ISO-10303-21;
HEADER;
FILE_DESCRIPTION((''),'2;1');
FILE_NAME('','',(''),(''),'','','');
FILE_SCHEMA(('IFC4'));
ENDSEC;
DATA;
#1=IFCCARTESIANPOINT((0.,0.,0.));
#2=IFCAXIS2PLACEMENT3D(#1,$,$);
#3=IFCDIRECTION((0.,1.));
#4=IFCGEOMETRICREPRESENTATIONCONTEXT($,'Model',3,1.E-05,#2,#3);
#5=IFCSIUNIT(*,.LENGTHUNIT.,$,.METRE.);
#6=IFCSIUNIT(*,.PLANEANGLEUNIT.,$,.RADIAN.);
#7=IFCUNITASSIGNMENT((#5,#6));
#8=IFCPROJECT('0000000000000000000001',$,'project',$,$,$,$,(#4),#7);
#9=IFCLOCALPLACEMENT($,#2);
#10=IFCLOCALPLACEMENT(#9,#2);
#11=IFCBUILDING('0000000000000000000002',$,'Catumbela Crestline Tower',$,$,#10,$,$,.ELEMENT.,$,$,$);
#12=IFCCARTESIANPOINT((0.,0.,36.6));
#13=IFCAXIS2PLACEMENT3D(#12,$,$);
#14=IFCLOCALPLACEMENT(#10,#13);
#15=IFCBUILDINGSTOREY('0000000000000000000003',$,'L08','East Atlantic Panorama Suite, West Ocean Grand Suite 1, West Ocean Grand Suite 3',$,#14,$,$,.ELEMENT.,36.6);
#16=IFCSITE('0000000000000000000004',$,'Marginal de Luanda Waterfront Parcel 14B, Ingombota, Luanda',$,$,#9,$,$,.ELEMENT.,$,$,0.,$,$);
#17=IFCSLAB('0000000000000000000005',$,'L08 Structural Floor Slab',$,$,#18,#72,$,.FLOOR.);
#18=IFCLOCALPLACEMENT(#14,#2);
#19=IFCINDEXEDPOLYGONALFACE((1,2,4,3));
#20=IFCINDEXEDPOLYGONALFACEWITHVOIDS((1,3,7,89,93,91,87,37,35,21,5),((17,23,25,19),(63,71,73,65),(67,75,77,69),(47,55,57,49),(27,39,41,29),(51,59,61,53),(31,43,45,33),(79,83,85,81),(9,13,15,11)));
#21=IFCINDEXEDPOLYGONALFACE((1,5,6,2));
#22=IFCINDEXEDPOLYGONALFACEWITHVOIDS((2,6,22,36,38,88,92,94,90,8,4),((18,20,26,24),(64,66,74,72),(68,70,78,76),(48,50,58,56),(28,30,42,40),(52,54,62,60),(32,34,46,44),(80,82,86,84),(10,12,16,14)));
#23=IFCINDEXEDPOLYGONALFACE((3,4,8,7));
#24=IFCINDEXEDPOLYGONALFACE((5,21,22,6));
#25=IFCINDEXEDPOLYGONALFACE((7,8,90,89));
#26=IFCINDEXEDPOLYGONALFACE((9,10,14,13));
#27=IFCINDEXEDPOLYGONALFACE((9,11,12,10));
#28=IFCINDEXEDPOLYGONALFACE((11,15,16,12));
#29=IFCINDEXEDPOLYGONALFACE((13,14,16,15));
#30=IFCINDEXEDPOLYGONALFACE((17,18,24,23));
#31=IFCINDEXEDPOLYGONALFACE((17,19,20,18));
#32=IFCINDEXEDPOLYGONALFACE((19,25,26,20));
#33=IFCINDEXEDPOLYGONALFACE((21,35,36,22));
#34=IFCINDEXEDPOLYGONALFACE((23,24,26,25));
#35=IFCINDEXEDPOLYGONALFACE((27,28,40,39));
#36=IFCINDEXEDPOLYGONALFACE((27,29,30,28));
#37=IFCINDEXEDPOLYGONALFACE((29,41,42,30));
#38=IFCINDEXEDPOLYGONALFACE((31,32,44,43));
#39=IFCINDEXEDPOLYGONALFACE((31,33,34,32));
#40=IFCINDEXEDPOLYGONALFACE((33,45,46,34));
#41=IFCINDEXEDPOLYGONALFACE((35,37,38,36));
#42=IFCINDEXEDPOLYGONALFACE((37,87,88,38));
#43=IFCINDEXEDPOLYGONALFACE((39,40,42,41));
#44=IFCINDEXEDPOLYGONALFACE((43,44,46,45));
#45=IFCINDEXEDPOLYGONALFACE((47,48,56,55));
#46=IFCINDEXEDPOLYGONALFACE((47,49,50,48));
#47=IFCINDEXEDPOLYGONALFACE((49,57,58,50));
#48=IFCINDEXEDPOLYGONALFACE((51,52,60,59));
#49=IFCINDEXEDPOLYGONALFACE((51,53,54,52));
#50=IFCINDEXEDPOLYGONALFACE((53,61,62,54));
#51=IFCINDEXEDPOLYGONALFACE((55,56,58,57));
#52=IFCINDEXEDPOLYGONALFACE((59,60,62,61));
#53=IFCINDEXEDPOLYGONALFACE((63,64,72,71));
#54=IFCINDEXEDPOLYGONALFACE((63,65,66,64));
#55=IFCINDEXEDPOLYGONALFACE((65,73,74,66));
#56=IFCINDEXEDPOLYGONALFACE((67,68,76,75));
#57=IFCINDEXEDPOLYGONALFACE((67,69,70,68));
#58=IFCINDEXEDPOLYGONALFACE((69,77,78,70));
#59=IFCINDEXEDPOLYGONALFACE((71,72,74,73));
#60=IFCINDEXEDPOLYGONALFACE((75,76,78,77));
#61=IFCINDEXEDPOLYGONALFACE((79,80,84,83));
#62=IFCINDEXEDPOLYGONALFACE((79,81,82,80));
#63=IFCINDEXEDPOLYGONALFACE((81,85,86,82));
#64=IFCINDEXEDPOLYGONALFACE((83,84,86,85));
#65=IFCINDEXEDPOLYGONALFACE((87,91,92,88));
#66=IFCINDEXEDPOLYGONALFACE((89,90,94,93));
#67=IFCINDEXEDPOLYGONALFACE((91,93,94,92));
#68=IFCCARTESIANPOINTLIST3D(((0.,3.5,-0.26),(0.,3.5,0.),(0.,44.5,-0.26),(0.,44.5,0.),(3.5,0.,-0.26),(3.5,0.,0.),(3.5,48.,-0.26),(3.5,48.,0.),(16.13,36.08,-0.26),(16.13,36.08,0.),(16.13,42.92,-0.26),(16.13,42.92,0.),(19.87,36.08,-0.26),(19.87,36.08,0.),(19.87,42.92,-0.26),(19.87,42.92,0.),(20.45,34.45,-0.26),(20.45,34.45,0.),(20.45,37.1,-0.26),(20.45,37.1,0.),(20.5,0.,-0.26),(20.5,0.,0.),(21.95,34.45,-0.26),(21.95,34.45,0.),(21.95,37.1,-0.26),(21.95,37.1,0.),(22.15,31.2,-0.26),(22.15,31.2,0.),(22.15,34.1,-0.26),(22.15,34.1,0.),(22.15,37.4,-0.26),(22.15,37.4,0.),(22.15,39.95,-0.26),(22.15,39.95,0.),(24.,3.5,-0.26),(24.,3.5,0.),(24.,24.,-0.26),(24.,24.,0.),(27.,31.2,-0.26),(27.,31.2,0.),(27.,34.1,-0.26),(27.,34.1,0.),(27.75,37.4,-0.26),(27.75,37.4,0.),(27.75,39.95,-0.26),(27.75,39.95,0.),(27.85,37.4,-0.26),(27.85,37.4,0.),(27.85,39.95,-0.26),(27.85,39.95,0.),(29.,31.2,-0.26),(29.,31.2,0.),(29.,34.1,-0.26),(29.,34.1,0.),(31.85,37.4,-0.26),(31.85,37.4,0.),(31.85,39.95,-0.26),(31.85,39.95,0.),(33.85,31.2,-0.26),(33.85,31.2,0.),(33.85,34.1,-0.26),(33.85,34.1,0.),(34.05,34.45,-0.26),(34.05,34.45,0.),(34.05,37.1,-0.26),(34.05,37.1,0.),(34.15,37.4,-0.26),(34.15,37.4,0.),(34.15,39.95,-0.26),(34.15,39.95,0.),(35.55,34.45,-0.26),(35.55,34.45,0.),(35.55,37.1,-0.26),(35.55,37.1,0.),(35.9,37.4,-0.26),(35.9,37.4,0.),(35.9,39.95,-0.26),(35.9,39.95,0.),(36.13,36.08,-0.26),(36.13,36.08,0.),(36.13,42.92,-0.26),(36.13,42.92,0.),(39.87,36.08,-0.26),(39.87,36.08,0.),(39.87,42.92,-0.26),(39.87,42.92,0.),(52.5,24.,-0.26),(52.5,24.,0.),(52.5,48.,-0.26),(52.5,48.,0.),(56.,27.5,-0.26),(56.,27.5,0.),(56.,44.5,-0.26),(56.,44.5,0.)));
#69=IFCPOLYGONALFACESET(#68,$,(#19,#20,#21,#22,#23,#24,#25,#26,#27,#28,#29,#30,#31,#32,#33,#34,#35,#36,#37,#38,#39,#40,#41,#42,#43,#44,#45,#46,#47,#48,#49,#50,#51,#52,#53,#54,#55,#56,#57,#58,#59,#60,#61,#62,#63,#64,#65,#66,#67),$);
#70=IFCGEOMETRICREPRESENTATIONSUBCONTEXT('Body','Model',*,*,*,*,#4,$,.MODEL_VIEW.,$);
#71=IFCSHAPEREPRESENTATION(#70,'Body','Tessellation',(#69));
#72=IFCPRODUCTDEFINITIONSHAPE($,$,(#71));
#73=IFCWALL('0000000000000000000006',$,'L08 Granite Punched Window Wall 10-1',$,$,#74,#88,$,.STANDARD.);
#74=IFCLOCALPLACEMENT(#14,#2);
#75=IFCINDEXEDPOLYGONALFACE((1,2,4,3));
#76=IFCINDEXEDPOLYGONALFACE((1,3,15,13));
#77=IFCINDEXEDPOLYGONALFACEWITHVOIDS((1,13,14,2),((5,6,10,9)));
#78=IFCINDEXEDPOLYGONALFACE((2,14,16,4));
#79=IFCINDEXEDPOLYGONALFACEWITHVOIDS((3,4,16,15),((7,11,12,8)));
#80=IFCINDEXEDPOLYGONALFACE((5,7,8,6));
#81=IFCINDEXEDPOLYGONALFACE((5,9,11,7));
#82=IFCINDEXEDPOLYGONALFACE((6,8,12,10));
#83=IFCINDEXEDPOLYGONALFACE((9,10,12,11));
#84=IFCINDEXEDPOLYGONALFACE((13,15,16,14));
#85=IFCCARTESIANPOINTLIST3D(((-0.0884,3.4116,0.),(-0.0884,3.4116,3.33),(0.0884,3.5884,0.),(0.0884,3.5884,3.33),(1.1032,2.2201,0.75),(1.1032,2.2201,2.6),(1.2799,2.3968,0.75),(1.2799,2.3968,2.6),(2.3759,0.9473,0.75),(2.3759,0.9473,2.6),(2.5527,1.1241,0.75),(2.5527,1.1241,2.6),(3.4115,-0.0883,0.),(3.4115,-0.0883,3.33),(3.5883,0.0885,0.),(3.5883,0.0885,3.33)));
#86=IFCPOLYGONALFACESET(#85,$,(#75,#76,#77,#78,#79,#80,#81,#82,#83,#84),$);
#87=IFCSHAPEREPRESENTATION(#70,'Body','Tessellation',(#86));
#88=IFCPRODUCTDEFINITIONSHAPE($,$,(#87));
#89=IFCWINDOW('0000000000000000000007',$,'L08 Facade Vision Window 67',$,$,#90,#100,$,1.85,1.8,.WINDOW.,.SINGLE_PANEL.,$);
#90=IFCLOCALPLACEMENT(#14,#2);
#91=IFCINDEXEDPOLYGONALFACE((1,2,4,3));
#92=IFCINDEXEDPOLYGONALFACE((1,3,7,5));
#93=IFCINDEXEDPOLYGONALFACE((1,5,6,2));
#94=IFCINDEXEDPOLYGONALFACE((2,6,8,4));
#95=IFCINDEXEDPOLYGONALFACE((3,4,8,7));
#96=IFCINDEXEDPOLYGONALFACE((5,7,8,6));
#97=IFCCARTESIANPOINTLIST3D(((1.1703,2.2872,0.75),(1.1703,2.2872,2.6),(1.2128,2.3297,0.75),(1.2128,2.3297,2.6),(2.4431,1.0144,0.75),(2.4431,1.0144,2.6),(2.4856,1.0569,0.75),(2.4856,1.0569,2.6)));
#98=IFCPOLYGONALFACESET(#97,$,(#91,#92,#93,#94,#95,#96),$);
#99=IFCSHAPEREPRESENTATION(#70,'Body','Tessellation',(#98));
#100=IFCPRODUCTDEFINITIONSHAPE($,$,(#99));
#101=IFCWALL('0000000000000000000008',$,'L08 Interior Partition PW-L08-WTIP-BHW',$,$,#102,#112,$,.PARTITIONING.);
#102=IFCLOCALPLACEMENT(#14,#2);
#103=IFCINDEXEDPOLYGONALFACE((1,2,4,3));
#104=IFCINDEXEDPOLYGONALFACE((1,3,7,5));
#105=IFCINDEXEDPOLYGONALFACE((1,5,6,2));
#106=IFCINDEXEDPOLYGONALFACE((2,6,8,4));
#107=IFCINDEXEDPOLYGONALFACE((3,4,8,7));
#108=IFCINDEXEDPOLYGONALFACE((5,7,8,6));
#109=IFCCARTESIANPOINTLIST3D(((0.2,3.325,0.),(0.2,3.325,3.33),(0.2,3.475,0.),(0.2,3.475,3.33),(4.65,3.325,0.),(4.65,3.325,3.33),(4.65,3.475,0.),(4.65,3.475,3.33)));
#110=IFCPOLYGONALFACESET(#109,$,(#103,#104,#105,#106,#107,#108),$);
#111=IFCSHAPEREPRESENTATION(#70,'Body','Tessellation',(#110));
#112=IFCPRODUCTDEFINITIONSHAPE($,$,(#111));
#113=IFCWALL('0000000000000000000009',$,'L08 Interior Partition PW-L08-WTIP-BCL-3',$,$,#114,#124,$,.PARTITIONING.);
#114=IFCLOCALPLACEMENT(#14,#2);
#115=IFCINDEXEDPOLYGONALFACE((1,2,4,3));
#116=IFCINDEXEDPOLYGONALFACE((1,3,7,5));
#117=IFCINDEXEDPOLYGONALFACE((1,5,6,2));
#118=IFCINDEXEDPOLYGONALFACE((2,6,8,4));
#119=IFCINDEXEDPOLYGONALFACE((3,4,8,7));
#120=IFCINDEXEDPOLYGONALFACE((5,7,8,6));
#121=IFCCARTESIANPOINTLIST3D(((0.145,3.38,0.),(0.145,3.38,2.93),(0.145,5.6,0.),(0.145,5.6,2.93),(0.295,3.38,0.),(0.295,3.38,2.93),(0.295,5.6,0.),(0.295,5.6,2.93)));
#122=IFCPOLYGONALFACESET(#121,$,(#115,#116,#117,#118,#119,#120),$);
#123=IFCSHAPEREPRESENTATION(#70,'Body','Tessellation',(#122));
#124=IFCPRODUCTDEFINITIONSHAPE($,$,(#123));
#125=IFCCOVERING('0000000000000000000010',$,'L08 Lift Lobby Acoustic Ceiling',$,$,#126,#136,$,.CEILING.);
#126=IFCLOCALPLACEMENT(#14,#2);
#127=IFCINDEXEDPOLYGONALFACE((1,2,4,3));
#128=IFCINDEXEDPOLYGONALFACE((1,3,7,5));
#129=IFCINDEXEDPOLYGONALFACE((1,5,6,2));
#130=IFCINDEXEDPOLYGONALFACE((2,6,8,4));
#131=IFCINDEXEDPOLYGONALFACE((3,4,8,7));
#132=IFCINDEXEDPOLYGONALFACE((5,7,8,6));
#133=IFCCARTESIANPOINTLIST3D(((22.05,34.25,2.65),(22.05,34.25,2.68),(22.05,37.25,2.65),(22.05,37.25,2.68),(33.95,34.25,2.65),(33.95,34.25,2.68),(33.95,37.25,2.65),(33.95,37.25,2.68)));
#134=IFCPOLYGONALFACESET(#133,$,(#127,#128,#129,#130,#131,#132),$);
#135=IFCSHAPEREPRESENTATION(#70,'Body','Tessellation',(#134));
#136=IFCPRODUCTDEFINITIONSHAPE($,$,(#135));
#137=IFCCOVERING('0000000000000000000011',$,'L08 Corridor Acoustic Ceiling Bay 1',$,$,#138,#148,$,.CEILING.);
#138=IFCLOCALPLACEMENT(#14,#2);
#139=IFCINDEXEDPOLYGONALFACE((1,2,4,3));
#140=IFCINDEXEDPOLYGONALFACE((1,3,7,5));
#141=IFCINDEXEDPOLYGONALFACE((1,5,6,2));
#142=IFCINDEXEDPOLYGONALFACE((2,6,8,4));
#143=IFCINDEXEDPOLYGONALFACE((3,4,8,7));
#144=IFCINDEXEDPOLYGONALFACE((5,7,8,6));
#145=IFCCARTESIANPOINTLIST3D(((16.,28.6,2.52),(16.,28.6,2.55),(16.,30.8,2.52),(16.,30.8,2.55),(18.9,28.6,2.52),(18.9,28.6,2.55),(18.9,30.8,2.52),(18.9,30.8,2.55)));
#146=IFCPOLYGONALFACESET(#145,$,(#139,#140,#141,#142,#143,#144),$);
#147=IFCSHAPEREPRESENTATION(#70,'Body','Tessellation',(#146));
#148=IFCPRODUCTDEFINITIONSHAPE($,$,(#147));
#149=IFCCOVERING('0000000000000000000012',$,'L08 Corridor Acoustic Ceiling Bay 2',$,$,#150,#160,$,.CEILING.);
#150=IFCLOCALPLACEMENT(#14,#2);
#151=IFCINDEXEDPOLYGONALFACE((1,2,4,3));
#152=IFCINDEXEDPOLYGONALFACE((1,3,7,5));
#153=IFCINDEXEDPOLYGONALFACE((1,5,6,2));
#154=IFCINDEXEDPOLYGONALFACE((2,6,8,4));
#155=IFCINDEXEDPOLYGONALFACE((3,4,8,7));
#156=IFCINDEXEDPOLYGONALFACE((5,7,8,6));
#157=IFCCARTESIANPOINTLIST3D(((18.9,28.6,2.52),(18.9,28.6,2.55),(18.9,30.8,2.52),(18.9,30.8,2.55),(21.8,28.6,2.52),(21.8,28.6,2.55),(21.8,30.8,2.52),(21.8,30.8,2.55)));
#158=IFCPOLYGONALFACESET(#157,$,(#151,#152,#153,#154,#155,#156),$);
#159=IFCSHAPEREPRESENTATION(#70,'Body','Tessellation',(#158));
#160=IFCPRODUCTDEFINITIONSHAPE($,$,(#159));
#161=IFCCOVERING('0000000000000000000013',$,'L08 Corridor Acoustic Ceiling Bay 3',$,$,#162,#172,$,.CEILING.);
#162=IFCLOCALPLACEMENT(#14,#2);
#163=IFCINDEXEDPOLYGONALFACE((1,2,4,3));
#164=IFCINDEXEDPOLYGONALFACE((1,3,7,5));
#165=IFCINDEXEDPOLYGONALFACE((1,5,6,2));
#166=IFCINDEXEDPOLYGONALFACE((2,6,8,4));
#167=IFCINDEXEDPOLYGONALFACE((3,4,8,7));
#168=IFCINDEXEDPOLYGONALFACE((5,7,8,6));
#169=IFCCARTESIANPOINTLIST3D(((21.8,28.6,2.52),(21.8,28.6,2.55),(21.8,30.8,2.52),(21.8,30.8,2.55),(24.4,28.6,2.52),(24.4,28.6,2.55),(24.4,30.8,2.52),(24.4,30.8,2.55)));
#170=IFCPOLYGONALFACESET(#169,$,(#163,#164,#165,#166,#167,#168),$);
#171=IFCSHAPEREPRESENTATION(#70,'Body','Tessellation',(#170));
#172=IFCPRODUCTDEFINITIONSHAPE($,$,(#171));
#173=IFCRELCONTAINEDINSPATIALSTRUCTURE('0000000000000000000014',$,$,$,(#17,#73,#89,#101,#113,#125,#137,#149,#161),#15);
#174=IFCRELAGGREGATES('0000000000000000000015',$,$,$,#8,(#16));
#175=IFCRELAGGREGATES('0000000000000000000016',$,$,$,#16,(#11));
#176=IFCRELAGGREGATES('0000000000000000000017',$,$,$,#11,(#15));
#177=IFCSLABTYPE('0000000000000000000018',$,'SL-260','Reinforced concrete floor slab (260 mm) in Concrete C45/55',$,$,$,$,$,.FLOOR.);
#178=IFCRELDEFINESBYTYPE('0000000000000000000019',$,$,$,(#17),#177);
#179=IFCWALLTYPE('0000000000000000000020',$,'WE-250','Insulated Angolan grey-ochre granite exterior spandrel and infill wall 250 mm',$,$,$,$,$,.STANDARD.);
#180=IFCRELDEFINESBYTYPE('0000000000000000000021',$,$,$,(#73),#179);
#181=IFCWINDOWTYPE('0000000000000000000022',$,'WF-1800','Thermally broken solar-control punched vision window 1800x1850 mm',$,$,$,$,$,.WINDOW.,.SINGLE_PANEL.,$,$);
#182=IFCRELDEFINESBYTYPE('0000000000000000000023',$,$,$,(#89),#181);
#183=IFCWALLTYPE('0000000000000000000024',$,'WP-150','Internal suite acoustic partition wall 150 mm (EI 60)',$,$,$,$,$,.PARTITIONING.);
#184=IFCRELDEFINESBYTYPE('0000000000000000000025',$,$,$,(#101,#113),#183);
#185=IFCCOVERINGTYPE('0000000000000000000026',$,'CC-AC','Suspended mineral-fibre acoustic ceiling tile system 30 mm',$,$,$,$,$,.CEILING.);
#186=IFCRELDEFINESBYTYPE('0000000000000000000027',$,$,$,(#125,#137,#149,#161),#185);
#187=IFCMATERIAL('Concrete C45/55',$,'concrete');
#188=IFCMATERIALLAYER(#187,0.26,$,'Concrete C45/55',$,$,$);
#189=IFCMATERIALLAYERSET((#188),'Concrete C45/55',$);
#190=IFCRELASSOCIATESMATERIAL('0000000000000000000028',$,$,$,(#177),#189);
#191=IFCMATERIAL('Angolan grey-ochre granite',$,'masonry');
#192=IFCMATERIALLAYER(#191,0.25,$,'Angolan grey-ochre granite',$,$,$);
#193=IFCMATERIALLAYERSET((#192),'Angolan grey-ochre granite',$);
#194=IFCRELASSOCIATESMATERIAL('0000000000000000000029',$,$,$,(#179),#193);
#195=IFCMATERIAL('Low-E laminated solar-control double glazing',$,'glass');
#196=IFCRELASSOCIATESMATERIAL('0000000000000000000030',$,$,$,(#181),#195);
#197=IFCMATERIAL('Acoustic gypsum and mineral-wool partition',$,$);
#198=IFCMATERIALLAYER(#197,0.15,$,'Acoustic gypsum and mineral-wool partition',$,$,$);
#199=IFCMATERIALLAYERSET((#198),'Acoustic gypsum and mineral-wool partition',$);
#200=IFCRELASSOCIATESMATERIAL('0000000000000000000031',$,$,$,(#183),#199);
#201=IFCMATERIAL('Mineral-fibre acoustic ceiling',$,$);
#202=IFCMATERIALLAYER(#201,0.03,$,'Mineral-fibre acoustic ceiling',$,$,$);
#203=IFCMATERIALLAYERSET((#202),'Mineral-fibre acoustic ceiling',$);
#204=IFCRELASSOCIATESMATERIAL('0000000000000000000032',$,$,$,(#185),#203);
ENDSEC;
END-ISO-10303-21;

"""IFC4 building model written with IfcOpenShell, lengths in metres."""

from ifc_helpers import new_model, si_unit, direction, frame, frame_2d, origin, place, context, subcontext, project, spatial, polyline, rectangle, outline, extrude, material, layer, layer_set, type_object, element, fill, save


model = new_model("IFC4")

# Units and contexts
model_context = context("Model", 3, precision=1e-05, world=origin(), true_north=direction((0.0, 1.0)))
body_context = subcontext(model_context, "Body", "Model", "MODEL_VIEW")
ifc_project = project(units=[si_unit("LENGTHUNIT", "METRE"), si_unit("PLANEANGLEUNIT", "RADIAN")], contexts=[model_context])

# Site, building, storey
site_placement = place(None, origin())
site = spatial("IfcSite", under=ifc_project, at=site_placement, Name="Marginal de Luanda Waterfront Parcel 14B, Ingombota, Luanda", CompositionType="ELEMENT", RefElevation=0.0)
building_placement = place(site_placement, origin())
building = spatial("IfcBuilding", under=site, at=building_placement, Name="Catumbela Crestline Tower", CompositionType="ELEMENT")
storey_placement = place(building_placement, frame((0.0, 0.0, 36.6)))
storey = spatial("IfcBuildingStorey", under=building, at=storey_placement, Name="L08", Description="East Atlantic Panorama Suite, West Ocean Grand Suite 1, West Ocean Grand Suite 3", CompositionType="ELEMENT", Elevation=36.6)

# Shared definitions
ifc_material_1 = material(Name="Concrete C45/55", Category="concrete")

# Slab
ifc_layer_1 = layer(ifc_material_1, 0.26, Name="Concrete C45/55")
ifc_layer_set_1 = layer_set([ifc_layer_1], Name="Concrete C45/55")
slab_type_1 = type_object("IfcSlabType", Name="SL-260", Description="Reinforced concrete floor slab (260 mm) in Concrete C45/55", PredefinedType="FLOOR", material=ifc_layer_set_1)
slab_1_placement = place(storey_placement, frame((0.0, 0.0, -0.26)))
element("IfcSlab", 1, at=slab_1_placement, inside=storey, type_object=slab_type_1, Name="L08 Structural Floor Slab", PredefinedType="FLOOR", context=body_context, shape_type="SweptSolid", body=[
    extrude(outline(polyline([(3.5, 0.0), (20.5, 0.0), (24.0, 3.5), (24.0, 24.0), (52.5, 24.0), (56.0, 27.5), (56.0, 44.5), (52.5, 48.0), (3.5, 48.0), (0.0, 44.5), (0.0, 3.5), (3.5, 0.0)]), holes=[polyline([(16.13, 36.08), (19.87, 36.08), (19.87, 42.92), (16.13, 42.92), (16.13, 36.08)]), polyline([(36.13, 36.08), (39.87, 36.08), (39.87, 42.92), (36.13, 42.92), (36.13, 36.08)]), polyline([(22.15, 31.2), (27.0, 31.2), (27.0, 34.1), (22.15, 34.1), (22.15, 31.2)]), polyline([(29.0, 31.2), (33.85, 31.2), (33.85, 34.1), (29.0, 34.1), (29.0, 31.2)]), polyline([(22.15, 37.4), (27.75, 37.4), (27.75, 39.95), (22.15, 39.95), (22.15, 37.4)]), polyline([(27.85, 37.4), (31.85, 37.4), (31.85, 39.95), (27.85, 39.95), (27.85, 37.4)]), polyline([(20.45, 34.45), (21.95, 34.45), (21.95, 37.1), (20.45, 37.1), (20.45, 34.45)]), polyline([(34.05, 34.45), (35.55, 34.45), (35.55, 37.1), (34.05, 37.1), (34.05, 34.45)]), polyline([(34.15, 37.4), (35.9, 37.4), (35.9, 39.95), (34.15, 39.95), (34.15, 37.4)])]), origin(), (0.0, 0.0, 1.0), 0.26),
])

# Wall, opening, window
ifc_material_2 = material(Name="Angolan grey-ochre granite", Category="masonry")
ifc_layer_2 = layer(ifc_material_2, 0.25, Name="Angolan grey-ochre granite")
ifc_layer_set_2 = layer_set([ifc_layer_2], Name="Angolan grey-ochre granite")
wall_type_1 = type_object("IfcWallType", Name="WE-250", Description="Insulated Angolan grey-ochre granite exterior spandrel and infill wall 250 mm", PredefinedType="STANDARD", material=ifc_layer_set_2)
wall_1_placement = place(storey_placement, frame((0.0, 3.5, 0.0), z_axis=(0.0, 0.0, 1.0), x_axis=(0.707107, -0.707107, 0.0)))
wall_1 = element("IfcWall", 2, at=wall_1_placement, inside=storey, type_object=wall_type_1, Name="L08 Granite Punched Window Wall 10-1", PredefinedType="STANDARD", context=body_context, shape_type="SweptSolid", body=[
    extrude(rectangle(XDim=4.9497, YDim=0.25, at=frame_2d((2.4748, 0.0))), origin(), (0.0, 0.0, 1.0), 3.33),
])
opening_placement = place(wall_1_placement, frame((1.6851, 0.0, 0.75)))
opening = element("IfcOpeningElement", 3, at=opening_placement, cuts=wall_1, PredefinedType="OPENING", context=body_context, shape_type="SweptSolid", body=[
    extrude(rectangle(XDim=1.8, YDim=1.85, at=frame_2d((0.9, 0.925))), frame((0.0, 0.135, 0.0), z_axis=(0.0, -1.0, 0.0), x_axis=(1.0, 0.0, 0.0)), (0.0, 0.0, 1.0), 0.27),
])
ifc_material_3 = material(Name="Low-E laminated solar-control double glazing", Category="glass")
window_type = type_object("IfcWindowType", Name="WF-1800", Description="Thermally broken solar-control punched vision window 1800x1850 mm", PartitioningType="SINGLE_PANEL", PredefinedType="WINDOW", material=ifc_material_3)
window_placement = place(opening_placement, origin())
window = element("IfcWindow", 4, at=window_placement, inside=storey, type_object=window_type, Name="L08 Facade Vision Window 67", OverallHeight=1.85, OverallWidth=1.8, PartitioningType="SINGLE_PANEL", PredefinedType="WINDOW", context=body_context, shape_type="SweptSolid", body=[
    extrude(rectangle(XDim=1.8, YDim=1.85, at=frame_2d((0.9, 0.925))), frame((0.0, 0.03, 0.0), z_axis=(0.0, -1.0, 0.0), x_axis=(1.0, 0.0, 0.0)), (0.0, 0.0, 1.0), 0.06),
])
fill(opening, window)

# Walls
ifc_material_4 = material(Name="Acoustic gypsum and mineral-wool partition")
ifc_layer_3 = layer(ifc_material_4, 0.15, Name="Acoustic gypsum and mineral-wool partition")
ifc_layer_set_3 = layer_set([ifc_layer_3], Name="Acoustic gypsum and mineral-wool partition")
wall_type_2 = type_object("IfcWallType", Name="WP-150", Description="Internal suite acoustic partition wall 150 mm (EI 60)", PredefinedType="PARTITIONING", material=ifc_layer_set_3)
wall_2_placement = place(storey_placement, frame((0.2, 3.4, 0.0), z_axis=(0.0, 0.0, 1.0), x_axis=(1.0, 0.0, 0.0)))
element("IfcWall", 5, at=wall_2_placement, inside=storey, type_object=wall_type_2, Name="L08 Interior Partition PW-L08-WTIP-BHW", PredefinedType="PARTITIONING", context=body_context, shape_type="SweptSolid", body=[
    extrude(rectangle(XDim=4.45, YDim=0.15, at=frame_2d((2.225, 0.0))), origin(), (0.0, 0.0, 1.0), 3.33),
])
wall_3_placement = place(storey_placement, frame((0.22, 3.38, 0.0), z_axis=(0.0, 0.0, 1.0), x_axis=(0.0, 1.0, 0.0)))
element("IfcWall", 6, at=wall_3_placement, inside=storey, type_object=wall_type_2, Name="L08 Interior Partition PW-L08-WTIP-BCL-3", PredefinedType="PARTITIONING", context=body_context, shape_type="SweptSolid", body=[
    extrude(rectangle(XDim=2.22, YDim=0.15, at=frame_2d((1.11, 0.0))), origin(), (0.0, 0.0, 1.0), 2.93),
])

# Coverings
ifc_material_5 = material(Name="Mineral-fibre acoustic ceiling")
ifc_layer_4 = layer(ifc_material_5, 0.03, Name="Mineral-fibre acoustic ceiling")
ifc_layer_set_4 = layer_set([ifc_layer_4], Name="Mineral-fibre acoustic ceiling")
covering_type_1 = type_object("IfcCoveringType", Name="CC-AC", Description="Suspended mineral-fibre acoustic ceiling tile system 30 mm", PredefinedType="CEILING", material=ifc_layer_set_4)
covering_1_placement = place(storey_placement, frame((0.0, 0.0, 2.65)))
element("IfcCovering", 7, at=covering_1_placement, inside=storey, type_object=covering_type_1, Name="L08 Lift Lobby Acoustic Ceiling", PredefinedType="CEILING", context=body_context, shape_type="SweptSolid", body=[
    extrude(outline(polyline([(22.05, 34.25), (33.95, 34.25), (33.95, 37.25), (22.05, 37.25), (22.05, 34.25)])), origin(), (0.0, 0.0, 1.0), 0.03),
])
covering_2_placement = place(storey_placement, frame((0.0, 0.0, 2.52)))
element("IfcCovering", 8, at=covering_2_placement, inside=storey, type_object=covering_type_1, Name="L08 Corridor Acoustic Ceiling Bay 1", PredefinedType="CEILING", context=body_context, shape_type="SweptSolid", body=[
    extrude(outline(polyline([(16.0, 28.6), (18.9, 28.6), (18.9, 30.8), (16.0, 30.8), (16.0, 28.6)])), origin(), (0.0, 0.0, 1.0), 0.03),
])
covering_3_placement = place(storey_placement, frame((0.0, 0.0, 2.52)))
element("IfcCovering", 9, at=covering_3_placement, inside=storey, type_object=covering_type_1, Name="L08 Corridor Acoustic Ceiling Bay 2", PredefinedType="CEILING", context=body_context, shape_type="SweptSolid", body=[
    extrude(outline(polyline([(18.9, 28.6), (21.8, 28.6), (21.8, 30.8), (18.9, 30.8), (18.9, 28.6)])), origin(), (0.0, 0.0, 1.0), 0.03),
])
covering_4_placement = place(storey_placement, frame((0.0, 0.0, 2.52)))
element("IfcCovering", 10, at=covering_4_placement, inside=storey, type_object=covering_type_1, Name="L08 Corridor Acoustic Ceiling Bay 3", PredefinedType="CEILING", context=body_context, shape_type="SweptSolid", body=[
    extrude(outline(polyline([(21.8, 28.6), (24.4, 28.6), (24.4, 30.8), (21.8, 30.8), (21.8, 28.6)])), origin(), (0.0, 0.0, 1.0), 0.03),
])

save(model, "model.ifc")
